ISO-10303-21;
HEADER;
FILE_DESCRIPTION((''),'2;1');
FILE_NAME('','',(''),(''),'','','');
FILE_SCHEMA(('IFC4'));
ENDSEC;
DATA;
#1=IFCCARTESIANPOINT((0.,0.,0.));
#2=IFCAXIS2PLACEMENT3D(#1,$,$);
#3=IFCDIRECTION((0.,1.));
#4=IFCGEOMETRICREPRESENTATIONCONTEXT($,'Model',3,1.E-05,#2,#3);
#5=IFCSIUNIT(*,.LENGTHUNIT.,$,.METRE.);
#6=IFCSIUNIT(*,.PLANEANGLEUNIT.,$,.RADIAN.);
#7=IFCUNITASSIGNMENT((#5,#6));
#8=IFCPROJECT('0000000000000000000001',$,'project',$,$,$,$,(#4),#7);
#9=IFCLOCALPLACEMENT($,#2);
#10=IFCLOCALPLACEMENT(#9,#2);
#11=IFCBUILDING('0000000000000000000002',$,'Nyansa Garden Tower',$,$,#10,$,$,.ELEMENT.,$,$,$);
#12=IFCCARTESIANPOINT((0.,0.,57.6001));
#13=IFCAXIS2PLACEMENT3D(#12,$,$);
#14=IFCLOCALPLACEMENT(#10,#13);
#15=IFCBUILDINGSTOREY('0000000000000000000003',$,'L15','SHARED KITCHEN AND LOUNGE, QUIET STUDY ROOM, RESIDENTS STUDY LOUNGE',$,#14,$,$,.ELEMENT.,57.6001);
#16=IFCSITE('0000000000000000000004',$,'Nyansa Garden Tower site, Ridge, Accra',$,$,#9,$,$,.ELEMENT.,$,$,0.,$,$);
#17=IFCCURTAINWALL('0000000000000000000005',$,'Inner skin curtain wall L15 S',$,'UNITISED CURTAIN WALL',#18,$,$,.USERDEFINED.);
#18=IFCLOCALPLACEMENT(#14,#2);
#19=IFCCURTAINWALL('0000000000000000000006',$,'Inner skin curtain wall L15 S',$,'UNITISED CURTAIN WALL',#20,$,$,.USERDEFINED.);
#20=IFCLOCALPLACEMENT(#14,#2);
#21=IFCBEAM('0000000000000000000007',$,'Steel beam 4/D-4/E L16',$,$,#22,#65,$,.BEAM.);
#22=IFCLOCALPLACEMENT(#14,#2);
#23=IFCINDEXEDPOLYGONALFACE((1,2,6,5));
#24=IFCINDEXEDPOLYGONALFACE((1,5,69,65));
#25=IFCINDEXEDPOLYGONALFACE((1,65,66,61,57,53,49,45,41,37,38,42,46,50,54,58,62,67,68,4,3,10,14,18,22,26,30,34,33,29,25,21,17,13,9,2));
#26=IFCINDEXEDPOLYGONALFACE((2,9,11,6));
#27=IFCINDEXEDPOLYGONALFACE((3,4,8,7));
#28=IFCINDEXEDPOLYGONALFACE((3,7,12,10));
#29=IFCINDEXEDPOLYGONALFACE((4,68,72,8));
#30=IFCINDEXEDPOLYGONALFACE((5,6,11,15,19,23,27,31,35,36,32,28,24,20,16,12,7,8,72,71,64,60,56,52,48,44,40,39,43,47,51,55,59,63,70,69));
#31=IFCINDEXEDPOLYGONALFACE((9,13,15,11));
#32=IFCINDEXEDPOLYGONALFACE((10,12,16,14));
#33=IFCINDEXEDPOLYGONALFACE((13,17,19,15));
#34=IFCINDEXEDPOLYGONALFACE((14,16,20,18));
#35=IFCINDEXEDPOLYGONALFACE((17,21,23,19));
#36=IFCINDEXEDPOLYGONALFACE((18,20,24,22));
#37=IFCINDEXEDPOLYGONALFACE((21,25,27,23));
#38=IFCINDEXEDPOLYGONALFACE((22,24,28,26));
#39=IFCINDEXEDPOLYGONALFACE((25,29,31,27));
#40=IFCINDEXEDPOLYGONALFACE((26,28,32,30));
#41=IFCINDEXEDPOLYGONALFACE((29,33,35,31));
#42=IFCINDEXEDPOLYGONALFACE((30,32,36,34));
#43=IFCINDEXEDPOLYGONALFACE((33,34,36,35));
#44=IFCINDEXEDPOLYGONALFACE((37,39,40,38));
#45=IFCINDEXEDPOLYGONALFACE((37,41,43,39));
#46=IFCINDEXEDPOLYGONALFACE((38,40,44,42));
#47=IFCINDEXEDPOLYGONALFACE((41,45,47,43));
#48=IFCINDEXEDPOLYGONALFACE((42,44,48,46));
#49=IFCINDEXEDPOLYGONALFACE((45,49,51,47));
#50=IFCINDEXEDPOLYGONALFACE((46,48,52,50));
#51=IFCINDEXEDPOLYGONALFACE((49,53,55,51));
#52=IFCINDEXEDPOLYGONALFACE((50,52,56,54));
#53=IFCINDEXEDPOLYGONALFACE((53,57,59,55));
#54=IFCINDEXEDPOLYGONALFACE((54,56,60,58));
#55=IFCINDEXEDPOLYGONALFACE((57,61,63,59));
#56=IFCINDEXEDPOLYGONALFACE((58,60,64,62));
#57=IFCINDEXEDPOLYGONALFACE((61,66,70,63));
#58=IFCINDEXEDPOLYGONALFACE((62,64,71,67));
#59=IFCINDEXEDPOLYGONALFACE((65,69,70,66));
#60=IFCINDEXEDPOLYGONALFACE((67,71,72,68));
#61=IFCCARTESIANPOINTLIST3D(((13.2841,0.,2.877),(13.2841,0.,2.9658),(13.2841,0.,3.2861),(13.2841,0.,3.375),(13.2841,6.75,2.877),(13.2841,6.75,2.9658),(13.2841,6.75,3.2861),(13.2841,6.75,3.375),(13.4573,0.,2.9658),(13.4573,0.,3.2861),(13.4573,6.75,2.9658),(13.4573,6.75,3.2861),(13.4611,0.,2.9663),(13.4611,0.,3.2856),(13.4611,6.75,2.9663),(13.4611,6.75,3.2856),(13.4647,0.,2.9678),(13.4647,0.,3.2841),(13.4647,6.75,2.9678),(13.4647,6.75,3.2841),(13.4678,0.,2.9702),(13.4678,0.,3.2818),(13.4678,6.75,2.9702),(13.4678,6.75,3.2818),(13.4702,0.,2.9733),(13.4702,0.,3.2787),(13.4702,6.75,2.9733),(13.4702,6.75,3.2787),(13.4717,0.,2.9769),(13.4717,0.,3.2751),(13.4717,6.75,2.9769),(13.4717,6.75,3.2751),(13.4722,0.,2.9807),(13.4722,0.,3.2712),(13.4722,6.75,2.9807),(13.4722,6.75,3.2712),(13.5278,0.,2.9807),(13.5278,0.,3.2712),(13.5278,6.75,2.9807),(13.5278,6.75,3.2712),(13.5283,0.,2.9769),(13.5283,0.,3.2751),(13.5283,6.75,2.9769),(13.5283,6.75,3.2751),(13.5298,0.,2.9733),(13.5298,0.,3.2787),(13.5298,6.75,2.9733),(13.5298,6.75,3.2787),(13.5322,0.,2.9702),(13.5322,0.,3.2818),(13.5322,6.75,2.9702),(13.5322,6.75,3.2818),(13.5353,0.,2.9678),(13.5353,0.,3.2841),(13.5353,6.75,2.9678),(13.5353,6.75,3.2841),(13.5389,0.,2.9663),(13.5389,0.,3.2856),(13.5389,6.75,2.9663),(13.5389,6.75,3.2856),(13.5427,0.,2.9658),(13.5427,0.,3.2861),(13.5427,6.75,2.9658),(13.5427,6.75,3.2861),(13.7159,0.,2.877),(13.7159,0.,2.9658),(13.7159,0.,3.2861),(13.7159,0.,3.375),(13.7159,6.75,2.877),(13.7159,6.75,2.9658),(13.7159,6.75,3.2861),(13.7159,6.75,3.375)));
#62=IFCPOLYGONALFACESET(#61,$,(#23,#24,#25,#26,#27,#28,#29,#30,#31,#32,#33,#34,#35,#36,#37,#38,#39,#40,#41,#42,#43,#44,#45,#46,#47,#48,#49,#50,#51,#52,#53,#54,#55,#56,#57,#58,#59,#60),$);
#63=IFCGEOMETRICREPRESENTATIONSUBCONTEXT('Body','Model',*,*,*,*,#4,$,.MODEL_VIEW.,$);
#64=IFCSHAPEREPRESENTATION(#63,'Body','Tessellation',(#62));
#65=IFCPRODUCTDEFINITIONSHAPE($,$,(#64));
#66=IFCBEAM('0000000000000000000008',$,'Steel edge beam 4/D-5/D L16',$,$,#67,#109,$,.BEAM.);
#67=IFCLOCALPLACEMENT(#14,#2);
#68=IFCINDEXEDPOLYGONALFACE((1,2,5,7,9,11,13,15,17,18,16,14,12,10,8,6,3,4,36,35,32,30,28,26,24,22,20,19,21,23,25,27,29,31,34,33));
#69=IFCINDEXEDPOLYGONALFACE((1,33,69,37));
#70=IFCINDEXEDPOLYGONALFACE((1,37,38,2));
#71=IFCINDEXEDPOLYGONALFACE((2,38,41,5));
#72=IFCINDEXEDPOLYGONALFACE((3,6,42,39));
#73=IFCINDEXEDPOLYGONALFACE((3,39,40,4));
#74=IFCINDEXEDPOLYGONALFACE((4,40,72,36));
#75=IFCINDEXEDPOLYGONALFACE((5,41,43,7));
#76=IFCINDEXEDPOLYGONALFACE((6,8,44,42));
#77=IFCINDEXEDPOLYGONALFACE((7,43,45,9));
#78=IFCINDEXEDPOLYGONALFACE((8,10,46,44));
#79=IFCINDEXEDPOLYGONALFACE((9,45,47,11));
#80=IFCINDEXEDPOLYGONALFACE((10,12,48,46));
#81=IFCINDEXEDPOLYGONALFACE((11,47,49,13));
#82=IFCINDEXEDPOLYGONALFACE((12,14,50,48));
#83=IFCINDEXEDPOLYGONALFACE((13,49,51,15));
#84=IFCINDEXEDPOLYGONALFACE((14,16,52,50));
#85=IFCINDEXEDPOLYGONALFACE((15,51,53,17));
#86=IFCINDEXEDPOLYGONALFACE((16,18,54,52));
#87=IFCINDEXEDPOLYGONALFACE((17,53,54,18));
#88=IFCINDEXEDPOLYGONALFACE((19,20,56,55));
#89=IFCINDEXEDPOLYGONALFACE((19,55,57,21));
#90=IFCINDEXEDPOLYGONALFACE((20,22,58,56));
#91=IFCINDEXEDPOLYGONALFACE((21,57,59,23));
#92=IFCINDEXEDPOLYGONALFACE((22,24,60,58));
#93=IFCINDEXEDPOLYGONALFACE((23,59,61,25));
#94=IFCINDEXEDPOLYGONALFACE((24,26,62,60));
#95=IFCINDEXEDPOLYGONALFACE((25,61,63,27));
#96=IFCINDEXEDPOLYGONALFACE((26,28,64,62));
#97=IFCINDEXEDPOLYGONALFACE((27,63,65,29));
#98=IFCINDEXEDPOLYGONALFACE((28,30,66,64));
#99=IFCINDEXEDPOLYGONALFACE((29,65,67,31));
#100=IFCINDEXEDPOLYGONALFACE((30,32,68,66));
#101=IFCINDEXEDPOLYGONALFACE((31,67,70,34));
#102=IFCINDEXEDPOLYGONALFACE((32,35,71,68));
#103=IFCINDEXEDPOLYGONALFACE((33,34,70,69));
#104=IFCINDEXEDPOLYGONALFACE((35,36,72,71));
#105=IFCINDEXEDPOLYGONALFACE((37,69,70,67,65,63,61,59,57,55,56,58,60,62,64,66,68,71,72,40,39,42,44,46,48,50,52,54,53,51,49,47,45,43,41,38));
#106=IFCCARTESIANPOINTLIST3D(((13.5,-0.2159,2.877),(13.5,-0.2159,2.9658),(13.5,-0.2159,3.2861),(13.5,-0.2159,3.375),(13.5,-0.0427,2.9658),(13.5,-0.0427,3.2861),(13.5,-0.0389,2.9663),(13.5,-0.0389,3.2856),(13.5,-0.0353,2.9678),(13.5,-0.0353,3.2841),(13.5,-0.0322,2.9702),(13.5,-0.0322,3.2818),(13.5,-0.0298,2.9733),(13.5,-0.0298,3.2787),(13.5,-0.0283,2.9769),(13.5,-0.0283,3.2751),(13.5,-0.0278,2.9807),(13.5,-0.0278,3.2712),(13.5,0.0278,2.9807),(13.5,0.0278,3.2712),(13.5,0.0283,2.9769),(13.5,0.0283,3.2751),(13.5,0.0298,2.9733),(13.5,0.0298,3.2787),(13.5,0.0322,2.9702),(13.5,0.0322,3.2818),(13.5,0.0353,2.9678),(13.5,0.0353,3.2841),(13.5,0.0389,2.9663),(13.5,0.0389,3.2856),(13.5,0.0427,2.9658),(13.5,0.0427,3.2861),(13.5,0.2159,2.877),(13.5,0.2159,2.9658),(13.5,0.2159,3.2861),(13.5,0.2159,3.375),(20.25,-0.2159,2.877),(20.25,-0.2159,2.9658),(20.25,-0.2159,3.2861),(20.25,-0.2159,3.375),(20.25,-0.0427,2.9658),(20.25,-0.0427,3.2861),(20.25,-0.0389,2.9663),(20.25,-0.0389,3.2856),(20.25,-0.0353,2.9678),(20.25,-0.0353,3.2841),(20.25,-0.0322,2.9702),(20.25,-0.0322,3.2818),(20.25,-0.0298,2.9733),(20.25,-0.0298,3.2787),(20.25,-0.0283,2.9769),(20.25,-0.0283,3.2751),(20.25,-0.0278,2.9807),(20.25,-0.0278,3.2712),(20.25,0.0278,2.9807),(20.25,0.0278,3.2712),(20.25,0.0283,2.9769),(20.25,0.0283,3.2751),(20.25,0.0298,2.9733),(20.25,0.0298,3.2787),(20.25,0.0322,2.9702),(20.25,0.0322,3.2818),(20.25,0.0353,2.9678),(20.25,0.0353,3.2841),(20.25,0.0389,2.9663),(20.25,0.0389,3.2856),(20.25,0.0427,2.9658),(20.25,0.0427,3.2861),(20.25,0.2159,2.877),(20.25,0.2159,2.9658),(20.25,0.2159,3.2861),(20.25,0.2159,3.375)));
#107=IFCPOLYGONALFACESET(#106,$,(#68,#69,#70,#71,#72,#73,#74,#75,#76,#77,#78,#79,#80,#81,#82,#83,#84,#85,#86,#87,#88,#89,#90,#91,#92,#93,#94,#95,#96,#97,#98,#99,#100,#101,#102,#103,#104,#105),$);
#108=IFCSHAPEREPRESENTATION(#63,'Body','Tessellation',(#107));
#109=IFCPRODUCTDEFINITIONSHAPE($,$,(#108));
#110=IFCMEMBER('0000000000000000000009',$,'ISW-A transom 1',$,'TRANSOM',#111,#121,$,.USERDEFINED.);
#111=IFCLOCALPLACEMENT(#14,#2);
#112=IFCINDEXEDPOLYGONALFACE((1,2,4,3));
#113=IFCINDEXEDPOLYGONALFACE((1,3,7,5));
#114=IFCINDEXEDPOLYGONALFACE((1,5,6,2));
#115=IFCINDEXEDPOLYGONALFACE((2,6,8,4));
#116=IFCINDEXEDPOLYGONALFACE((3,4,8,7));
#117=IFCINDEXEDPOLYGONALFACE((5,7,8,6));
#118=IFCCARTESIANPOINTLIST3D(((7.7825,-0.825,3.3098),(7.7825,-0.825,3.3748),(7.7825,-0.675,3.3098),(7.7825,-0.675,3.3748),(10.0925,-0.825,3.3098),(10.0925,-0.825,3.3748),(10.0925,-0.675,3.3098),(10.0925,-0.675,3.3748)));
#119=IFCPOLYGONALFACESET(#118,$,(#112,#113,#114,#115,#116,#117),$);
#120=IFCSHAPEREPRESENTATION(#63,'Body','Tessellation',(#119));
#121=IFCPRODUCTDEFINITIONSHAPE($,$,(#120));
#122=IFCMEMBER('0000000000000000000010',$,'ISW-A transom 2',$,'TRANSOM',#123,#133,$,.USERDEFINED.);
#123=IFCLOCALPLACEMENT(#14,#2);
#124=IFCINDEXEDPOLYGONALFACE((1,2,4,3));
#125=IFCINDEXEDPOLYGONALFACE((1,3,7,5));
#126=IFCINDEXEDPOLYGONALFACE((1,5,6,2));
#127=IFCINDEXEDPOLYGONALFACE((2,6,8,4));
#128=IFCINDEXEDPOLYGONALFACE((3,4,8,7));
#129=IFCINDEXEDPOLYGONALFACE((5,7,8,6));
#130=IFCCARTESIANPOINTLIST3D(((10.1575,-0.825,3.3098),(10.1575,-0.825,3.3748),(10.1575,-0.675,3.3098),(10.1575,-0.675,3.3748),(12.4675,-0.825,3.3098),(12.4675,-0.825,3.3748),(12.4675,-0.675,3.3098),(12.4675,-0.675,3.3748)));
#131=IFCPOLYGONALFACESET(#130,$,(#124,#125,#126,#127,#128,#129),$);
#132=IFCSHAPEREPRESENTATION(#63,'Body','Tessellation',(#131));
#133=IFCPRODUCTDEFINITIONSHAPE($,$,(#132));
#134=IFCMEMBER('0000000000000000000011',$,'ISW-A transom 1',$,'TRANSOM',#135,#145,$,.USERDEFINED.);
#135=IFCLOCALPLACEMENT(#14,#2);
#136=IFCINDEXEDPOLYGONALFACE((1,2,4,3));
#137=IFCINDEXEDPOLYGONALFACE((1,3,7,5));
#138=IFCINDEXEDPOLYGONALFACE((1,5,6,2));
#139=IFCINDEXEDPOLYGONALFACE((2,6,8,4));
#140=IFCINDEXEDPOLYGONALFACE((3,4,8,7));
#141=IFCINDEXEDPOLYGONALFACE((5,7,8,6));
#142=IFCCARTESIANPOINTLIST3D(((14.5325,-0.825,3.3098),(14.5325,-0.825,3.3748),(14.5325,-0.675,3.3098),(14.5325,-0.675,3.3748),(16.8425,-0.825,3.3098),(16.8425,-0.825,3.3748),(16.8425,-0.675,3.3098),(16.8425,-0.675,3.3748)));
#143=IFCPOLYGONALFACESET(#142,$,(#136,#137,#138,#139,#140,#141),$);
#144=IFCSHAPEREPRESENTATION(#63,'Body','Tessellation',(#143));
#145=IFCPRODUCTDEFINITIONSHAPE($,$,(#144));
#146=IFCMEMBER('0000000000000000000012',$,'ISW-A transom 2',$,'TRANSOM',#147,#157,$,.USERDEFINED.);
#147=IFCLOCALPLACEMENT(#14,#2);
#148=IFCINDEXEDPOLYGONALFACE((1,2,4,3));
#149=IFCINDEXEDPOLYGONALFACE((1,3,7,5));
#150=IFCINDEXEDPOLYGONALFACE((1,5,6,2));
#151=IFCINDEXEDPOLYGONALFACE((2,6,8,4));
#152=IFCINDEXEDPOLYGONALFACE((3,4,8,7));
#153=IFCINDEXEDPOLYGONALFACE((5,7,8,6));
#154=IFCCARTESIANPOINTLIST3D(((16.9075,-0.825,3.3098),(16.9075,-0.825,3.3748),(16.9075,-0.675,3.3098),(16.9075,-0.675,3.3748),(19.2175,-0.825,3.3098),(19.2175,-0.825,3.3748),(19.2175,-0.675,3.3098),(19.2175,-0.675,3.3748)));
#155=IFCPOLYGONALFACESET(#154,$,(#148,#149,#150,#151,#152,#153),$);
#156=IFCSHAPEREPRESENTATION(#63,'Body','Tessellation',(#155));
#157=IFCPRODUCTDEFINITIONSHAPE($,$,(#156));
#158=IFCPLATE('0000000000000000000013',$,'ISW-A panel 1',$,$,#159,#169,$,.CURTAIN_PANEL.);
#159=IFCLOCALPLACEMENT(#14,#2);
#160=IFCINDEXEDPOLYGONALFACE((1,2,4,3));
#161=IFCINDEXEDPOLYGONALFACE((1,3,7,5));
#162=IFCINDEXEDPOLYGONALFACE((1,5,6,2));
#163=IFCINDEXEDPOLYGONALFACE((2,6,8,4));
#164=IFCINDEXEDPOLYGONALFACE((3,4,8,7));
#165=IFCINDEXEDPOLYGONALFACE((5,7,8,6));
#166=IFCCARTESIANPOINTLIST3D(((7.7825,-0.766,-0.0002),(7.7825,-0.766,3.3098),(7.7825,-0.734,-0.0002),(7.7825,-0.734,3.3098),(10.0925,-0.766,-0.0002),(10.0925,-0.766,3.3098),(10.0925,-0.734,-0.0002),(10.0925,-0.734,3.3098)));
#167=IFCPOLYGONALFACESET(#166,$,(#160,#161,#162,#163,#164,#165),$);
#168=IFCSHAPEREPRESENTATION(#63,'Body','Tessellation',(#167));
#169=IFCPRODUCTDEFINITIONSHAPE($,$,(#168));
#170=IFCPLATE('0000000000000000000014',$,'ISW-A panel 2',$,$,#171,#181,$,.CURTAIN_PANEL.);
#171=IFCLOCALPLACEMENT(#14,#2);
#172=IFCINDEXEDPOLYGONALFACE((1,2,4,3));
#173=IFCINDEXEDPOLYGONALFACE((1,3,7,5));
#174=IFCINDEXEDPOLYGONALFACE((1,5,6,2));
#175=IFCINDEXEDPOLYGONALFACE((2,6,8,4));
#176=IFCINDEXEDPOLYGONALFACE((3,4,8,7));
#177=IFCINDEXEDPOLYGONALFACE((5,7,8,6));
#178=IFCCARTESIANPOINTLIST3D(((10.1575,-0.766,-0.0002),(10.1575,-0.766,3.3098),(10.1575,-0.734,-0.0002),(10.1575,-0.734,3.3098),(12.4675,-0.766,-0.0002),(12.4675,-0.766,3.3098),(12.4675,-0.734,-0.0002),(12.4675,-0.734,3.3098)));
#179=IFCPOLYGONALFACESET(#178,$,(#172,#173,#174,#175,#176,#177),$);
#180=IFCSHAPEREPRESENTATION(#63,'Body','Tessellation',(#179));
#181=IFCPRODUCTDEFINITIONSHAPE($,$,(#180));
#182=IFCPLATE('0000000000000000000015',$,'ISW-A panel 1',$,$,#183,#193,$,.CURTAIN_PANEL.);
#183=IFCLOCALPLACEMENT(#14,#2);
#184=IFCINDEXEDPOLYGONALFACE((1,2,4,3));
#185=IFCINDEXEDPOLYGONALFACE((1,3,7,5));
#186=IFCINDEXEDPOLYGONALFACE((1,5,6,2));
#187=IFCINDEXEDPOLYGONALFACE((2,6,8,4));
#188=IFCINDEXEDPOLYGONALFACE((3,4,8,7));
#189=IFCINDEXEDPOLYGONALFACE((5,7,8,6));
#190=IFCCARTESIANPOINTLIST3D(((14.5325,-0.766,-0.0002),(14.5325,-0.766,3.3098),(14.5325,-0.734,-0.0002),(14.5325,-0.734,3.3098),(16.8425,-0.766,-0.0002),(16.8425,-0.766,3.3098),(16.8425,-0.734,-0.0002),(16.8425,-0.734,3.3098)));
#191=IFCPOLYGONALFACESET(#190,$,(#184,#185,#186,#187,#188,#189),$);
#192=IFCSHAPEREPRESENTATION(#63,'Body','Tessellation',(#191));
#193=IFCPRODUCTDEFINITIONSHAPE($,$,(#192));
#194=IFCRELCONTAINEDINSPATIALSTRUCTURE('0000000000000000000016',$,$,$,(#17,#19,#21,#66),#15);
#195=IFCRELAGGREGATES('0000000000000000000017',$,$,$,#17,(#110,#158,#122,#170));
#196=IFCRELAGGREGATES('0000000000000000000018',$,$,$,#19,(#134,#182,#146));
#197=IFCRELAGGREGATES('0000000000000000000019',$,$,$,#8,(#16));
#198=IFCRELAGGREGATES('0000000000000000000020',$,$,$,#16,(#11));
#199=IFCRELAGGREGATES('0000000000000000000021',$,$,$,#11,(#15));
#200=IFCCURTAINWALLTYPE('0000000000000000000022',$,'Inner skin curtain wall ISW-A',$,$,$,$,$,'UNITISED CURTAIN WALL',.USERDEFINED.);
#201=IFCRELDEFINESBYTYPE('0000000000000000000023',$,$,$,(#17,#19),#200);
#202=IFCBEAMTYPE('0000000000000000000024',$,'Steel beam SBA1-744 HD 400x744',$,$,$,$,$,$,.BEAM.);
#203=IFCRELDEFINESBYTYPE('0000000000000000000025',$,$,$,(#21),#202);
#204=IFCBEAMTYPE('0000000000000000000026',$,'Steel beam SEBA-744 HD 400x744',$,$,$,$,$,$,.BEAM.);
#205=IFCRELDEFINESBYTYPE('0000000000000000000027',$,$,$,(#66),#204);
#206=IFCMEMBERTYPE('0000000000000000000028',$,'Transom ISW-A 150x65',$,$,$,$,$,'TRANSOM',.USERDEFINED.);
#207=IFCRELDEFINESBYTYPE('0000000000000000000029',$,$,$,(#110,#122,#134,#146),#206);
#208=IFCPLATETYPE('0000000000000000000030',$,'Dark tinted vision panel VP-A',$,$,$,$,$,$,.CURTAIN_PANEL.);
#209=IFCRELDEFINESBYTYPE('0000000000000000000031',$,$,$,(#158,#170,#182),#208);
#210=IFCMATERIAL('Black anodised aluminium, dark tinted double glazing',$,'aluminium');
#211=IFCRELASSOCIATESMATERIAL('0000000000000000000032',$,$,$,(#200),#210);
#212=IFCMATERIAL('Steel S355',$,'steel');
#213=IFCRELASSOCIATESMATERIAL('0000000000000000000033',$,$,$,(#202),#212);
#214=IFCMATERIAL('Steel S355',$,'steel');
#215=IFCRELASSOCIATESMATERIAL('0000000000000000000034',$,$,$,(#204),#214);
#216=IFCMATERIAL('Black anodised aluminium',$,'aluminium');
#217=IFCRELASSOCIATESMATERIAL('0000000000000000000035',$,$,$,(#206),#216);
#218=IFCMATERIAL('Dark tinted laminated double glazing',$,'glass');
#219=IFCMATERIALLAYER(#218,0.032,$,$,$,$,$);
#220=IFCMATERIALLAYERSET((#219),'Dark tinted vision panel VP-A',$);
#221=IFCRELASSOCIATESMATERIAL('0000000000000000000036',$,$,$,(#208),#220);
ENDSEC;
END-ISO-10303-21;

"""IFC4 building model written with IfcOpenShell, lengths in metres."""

from ifc_helpers import new_model, si_unit, direction, frame, origin, origin_2d, place, context, subcontext, project, spatial, rectangle, i_section, extrude, material, layer, layer_set, material_profile, profile_set, type_object, element, aggregate, save


model = new_model("IFC4")

# Units and contexts
model_context = context("Model", 3, precision=1e-05, world=origin(), true_north=direction((0.0, 1.0)))
body_context = subcontext(model_context, "Body", "Model", "MODEL_VIEW")
ifc_project = project(units=[si_unit("LENGTHUNIT", "METRE"), si_unit("PLANEANGLEUNIT", "RADIAN")], contexts=[model_context])

# Site, building, storey
site_placement = place(None, origin())
site = spatial("IfcSite", under=ifc_project, at=site_placement, Name="Nyansa Garden Tower site, Ridge, Accra", CompositionType="ELEMENT", RefElevation=0.0)
building_placement = place(site_placement, origin())
building = spatial("IfcBuilding", under=site, at=building_placement, Name="Nyansa Garden Tower", CompositionType="ELEMENT")
storey_placement = place(building_placement, frame((0.0, 0.0, 57.6001)))
storey = spatial("IfcBuildingStorey", under=building, at=storey_placement, Name="L15", Description="SHARED KITCHEN AND LOUNGE, QUIET STUDY ROOM, RESIDENTS STUDY LOUNGE", CompositionType="ELEMENT", Elevation=57.6001)

# Curtain walls
ifc_material_1 = material(Name="Black anodised aluminium, dark tinted double glazing", Category="aluminium")
curtain_wall_type = type_object("IfcCurtainWallType", Name="Inner skin curtain wall ISW-A", ElementType="UNITISED CURTAIN WALL", PredefinedType="USERDEFINED", material=ifc_material_1)
curtain_wall_1_placement = place(storey_placement, origin())
curtain_wall_1 = element("IfcCurtainWall", 1, at=curtain_wall_1_placement, inside=storey, type_object=curtain_wall_type, Name="Inner skin curtain wall L15 S", ObjectType="UNITISED CURTAIN WALL", PredefinedType="USERDEFINED")
curtain_wall_2_placement = place(storey_placement, origin())
curtain_wall_2 = element("IfcCurtainWall", 2, at=curtain_wall_2_placement, inside=storey, type_object=curtain_wall_type, Name="Inner skin curtain wall L15 S", ObjectType="UNITISED CURTAIN WALL", PredefinedType="USERDEFINED")

# Beams
ifc_material_2 = material(Name="Steel S355", Category="steel")
ifc_material_profile_1 = material_profile(ifc_material_2, i_section(OverallWidth=0.4319, OverallDepth=0.498, WebThickness=0.0557, FlangeThickness=0.0889, FilletRadius=0.0149, at=origin_2d()), Name="HD 400x744")
ifc_profile_set_1 = profile_set([ifc_material_profile_1], Name="Steel S355")
beam_type_1 = type_object("IfcBeamType", Name="Steel beam SBA1-744 HD 400x744", PredefinedType="BEAM", material=ifc_profile_set_1)
beam_1_placement = place(storey_placement, frame((13.5, 0.0, 3.126), z_axis=(0.0, 1.0, 0.0), x_axis=(-1.0, 0.0, 0.0)))
element("IfcBeam", 3, at=beam_1_placement, inside=storey, type_object=beam_type_1, Name="Steel beam 4/D-4/E L16", PredefinedType="BEAM", context=body_context, shape_type="SweptSolid", body=[
    extrude(i_section(OverallWidth=0.4319, OverallDepth=0.498, WebThickness=0.0557, FlangeThickness=0.0889, FilletRadius=0.0149, at=origin_2d()), origin(), (0.0, 0.0, 1.0), 6.75),
])
ifc_material_3 = material(Name="Steel S355", Category="steel")
ifc_material_profile_2 = material_profile(ifc_material_3, i_section(OverallWidth=0.4319, OverallDepth=0.498, WebThickness=0.0557, FlangeThickness=0.0889, FilletRadius=0.0149, at=origin_2d()), Name="HD 400x744")
ifc_profile_set_2 = profile_set([ifc_material_profile_2], Name="Steel S355")
beam_type_2 = type_object("IfcBeamType", Name="Steel beam SEBA-744 HD 400x744", PredefinedType="BEAM", material=ifc_profile_set_2)
beam_2_placement = place(storey_placement, frame((13.5, 0.0, 3.126), z_axis=(1.0, 0.0, 0.0), x_axis=(0.0, 1.0, 0.0)))
element("IfcBeam", 4, at=beam_2_placement, inside=storey, type_object=beam_type_2, Name="Steel edge beam 4/D-5/D L16", PredefinedType="BEAM", context=body_context, shape_type="SweptSolid", body=[
    extrude(i_section(OverallWidth=0.4319, OverallDepth=0.498, WebThickness=0.0557, FlangeThickness=0.0889, FilletRadius=0.0149, at=origin_2d()), origin(), (0.0, 0.0, 1.0), 6.75),
])

# Members
ifc_material_4 = material(Name="Black anodised aluminium", Category="aluminium")
ifc_material_profile_3 = material_profile(ifc_material_4, rectangle(XDim=0.1499, YDim=0.0649, at=origin_2d()), Name="Transom 150x65")
ifc_profile_set_3 = profile_set([ifc_material_profile_3], Name="Black anodised aluminium")
member_type_1 = type_object("IfcMemberType", Name="Transom ISW-A 150x65", ElementType="TRANSOM", PredefinedType="USERDEFINED", material=ifc_profile_set_3)
member_1_placement = place(storey_placement, frame((7.7825, -0.75, 3.3423), z_axis=(1.0, 0.0, 0.0), x_axis=(0.0, 1.0, 0.0)))
member_1 = element("IfcMember", 5, at=member_1_placement, type_object=member_type_1, Name="ISW-A transom 1", ObjectType="TRANSOM", PredefinedType="USERDEFINED", context=body_context, shape_type="SweptSolid", body=[
    extrude(rectangle(XDim=0.1499, YDim=0.0649, at=origin_2d()), origin(), (0.0, 0.0, 1.0), 2.3101),
])
member_2_placement = place(storey_placement, frame((10.1575, -0.75, 3.3423), z_axis=(1.0, 0.0, 0.0), x_axis=(0.0, 1.0, 0.0)))
member_2 = element("IfcMember", 6, at=member_2_placement, type_object=member_type_1, Name="ISW-A transom 2", ObjectType="TRANSOM", PredefinedType="USERDEFINED", context=body_context, shape_type="SweptSolid", body=[
    extrude(rectangle(XDim=0.1499, YDim=0.0649, at=origin_2d()), origin(), (0.0, 0.0, 1.0), 2.3101),
])
member_3_placement = place(storey_placement, frame((14.5325, -0.75, 3.3423), z_axis=(1.0, 0.0, 0.0), x_axis=(0.0, 1.0, 0.0)))
member_3 = element("IfcMember", 7, at=member_3_placement, type_object=member_type_1, Name="ISW-A transom 1", ObjectType="TRANSOM", PredefinedType="USERDEFINED", context=body_context, shape_type="SweptSolid", body=[
    extrude(rectangle(XDim=0.1499, YDim=0.0649, at=origin_2d()), origin(), (0.0, 0.0, 1.0), 2.3101),
])
member_4_placement = place(storey_placement, frame((16.9075, -0.75, 3.3423), z_axis=(1.0, 0.0, 0.0), x_axis=(0.0, 1.0, 0.0)))
member_4 = element("IfcMember", 8, at=member_4_placement, type_object=member_type_1, Name="ISW-A transom 2", ObjectType="TRANSOM", PredefinedType="USERDEFINED", context=body_context, shape_type="SweptSolid", body=[
    extrude(rectangle(XDim=0.1499, YDim=0.0649, at=origin_2d()), origin(), (0.0, 0.0, 1.0), 2.3101),
])

# Plates
ifc_material_5 = material(Name="Dark tinted laminated double glazing", Category="glass")
ifc_layer_1 = layer(ifc_material_5, 0.032)
ifc_layer_set_1 = layer_set([ifc_layer_1], Name="Dark tinted vision panel VP-A")
plate_type_1 = type_object("IfcPlateType", Name="Dark tinted vision panel VP-A", PredefinedType="CURTAIN_PANEL", material=ifc_layer_set_1)
plate_1_placement = place(storey_placement, frame((8.9375, -0.75, -0.0002), z_axis=(0.0, 0.0, 1.0), x_axis=(1.0, 0.0, 0.0)))
plate_1 = element("IfcPlate", 9, at=plate_1_placement, type_object=plate_type_1, Name="ISW-A panel 1", PredefinedType="CURTAIN_PANEL", context=body_context, shape_type="SweptSolid", body=[
    extrude(rectangle(XDim=2.3101, YDim=0.032, at=origin_2d()), origin(), (0.0, 0.0, 1.0), 3.3101),
])
plate_2_placement = place(storey_placement, frame((11.3125, -0.75, -0.0002), z_axis=(0.0, 0.0, 1.0), x_axis=(1.0, 0.0, 0.0)))
plate_2 = element("IfcPlate", 10, at=plate_2_placement, type_object=plate_type_1, Name="ISW-A panel 2", PredefinedType="CURTAIN_PANEL", context=body_context, shape_type="SweptSolid", body=[
    extrude(rectangle(XDim=2.3101, YDim=0.032, at=origin_2d()), origin(), (0.0, 0.0, 1.0), 3.3101),
])
aggregate(curtain_wall_1, [member_1, plate_1, member_2, plate_2])
plate_3_placement = place(storey_placement, frame((15.6875, -0.75, -0.0002), z_axis=(0.0, 0.0, 1.0), x_axis=(1.0, 0.0, 0.0)))
plate_3 = element("IfcPlate", 11, at=plate_3_placement, type_object=plate_type_1, Name="ISW-A panel 1", PredefinedType="CURTAIN_PANEL", context=body_context, shape_type="SweptSolid", body=[
    extrude(rectangle(XDim=2.3101, YDim=0.032, at=origin_2d()), origin(), (0.0, 0.0, 1.0), 3.3101),
])
aggregate(curtain_wall_2, [member_3, plate_3, member_4])

save(model, "model.ifc")
